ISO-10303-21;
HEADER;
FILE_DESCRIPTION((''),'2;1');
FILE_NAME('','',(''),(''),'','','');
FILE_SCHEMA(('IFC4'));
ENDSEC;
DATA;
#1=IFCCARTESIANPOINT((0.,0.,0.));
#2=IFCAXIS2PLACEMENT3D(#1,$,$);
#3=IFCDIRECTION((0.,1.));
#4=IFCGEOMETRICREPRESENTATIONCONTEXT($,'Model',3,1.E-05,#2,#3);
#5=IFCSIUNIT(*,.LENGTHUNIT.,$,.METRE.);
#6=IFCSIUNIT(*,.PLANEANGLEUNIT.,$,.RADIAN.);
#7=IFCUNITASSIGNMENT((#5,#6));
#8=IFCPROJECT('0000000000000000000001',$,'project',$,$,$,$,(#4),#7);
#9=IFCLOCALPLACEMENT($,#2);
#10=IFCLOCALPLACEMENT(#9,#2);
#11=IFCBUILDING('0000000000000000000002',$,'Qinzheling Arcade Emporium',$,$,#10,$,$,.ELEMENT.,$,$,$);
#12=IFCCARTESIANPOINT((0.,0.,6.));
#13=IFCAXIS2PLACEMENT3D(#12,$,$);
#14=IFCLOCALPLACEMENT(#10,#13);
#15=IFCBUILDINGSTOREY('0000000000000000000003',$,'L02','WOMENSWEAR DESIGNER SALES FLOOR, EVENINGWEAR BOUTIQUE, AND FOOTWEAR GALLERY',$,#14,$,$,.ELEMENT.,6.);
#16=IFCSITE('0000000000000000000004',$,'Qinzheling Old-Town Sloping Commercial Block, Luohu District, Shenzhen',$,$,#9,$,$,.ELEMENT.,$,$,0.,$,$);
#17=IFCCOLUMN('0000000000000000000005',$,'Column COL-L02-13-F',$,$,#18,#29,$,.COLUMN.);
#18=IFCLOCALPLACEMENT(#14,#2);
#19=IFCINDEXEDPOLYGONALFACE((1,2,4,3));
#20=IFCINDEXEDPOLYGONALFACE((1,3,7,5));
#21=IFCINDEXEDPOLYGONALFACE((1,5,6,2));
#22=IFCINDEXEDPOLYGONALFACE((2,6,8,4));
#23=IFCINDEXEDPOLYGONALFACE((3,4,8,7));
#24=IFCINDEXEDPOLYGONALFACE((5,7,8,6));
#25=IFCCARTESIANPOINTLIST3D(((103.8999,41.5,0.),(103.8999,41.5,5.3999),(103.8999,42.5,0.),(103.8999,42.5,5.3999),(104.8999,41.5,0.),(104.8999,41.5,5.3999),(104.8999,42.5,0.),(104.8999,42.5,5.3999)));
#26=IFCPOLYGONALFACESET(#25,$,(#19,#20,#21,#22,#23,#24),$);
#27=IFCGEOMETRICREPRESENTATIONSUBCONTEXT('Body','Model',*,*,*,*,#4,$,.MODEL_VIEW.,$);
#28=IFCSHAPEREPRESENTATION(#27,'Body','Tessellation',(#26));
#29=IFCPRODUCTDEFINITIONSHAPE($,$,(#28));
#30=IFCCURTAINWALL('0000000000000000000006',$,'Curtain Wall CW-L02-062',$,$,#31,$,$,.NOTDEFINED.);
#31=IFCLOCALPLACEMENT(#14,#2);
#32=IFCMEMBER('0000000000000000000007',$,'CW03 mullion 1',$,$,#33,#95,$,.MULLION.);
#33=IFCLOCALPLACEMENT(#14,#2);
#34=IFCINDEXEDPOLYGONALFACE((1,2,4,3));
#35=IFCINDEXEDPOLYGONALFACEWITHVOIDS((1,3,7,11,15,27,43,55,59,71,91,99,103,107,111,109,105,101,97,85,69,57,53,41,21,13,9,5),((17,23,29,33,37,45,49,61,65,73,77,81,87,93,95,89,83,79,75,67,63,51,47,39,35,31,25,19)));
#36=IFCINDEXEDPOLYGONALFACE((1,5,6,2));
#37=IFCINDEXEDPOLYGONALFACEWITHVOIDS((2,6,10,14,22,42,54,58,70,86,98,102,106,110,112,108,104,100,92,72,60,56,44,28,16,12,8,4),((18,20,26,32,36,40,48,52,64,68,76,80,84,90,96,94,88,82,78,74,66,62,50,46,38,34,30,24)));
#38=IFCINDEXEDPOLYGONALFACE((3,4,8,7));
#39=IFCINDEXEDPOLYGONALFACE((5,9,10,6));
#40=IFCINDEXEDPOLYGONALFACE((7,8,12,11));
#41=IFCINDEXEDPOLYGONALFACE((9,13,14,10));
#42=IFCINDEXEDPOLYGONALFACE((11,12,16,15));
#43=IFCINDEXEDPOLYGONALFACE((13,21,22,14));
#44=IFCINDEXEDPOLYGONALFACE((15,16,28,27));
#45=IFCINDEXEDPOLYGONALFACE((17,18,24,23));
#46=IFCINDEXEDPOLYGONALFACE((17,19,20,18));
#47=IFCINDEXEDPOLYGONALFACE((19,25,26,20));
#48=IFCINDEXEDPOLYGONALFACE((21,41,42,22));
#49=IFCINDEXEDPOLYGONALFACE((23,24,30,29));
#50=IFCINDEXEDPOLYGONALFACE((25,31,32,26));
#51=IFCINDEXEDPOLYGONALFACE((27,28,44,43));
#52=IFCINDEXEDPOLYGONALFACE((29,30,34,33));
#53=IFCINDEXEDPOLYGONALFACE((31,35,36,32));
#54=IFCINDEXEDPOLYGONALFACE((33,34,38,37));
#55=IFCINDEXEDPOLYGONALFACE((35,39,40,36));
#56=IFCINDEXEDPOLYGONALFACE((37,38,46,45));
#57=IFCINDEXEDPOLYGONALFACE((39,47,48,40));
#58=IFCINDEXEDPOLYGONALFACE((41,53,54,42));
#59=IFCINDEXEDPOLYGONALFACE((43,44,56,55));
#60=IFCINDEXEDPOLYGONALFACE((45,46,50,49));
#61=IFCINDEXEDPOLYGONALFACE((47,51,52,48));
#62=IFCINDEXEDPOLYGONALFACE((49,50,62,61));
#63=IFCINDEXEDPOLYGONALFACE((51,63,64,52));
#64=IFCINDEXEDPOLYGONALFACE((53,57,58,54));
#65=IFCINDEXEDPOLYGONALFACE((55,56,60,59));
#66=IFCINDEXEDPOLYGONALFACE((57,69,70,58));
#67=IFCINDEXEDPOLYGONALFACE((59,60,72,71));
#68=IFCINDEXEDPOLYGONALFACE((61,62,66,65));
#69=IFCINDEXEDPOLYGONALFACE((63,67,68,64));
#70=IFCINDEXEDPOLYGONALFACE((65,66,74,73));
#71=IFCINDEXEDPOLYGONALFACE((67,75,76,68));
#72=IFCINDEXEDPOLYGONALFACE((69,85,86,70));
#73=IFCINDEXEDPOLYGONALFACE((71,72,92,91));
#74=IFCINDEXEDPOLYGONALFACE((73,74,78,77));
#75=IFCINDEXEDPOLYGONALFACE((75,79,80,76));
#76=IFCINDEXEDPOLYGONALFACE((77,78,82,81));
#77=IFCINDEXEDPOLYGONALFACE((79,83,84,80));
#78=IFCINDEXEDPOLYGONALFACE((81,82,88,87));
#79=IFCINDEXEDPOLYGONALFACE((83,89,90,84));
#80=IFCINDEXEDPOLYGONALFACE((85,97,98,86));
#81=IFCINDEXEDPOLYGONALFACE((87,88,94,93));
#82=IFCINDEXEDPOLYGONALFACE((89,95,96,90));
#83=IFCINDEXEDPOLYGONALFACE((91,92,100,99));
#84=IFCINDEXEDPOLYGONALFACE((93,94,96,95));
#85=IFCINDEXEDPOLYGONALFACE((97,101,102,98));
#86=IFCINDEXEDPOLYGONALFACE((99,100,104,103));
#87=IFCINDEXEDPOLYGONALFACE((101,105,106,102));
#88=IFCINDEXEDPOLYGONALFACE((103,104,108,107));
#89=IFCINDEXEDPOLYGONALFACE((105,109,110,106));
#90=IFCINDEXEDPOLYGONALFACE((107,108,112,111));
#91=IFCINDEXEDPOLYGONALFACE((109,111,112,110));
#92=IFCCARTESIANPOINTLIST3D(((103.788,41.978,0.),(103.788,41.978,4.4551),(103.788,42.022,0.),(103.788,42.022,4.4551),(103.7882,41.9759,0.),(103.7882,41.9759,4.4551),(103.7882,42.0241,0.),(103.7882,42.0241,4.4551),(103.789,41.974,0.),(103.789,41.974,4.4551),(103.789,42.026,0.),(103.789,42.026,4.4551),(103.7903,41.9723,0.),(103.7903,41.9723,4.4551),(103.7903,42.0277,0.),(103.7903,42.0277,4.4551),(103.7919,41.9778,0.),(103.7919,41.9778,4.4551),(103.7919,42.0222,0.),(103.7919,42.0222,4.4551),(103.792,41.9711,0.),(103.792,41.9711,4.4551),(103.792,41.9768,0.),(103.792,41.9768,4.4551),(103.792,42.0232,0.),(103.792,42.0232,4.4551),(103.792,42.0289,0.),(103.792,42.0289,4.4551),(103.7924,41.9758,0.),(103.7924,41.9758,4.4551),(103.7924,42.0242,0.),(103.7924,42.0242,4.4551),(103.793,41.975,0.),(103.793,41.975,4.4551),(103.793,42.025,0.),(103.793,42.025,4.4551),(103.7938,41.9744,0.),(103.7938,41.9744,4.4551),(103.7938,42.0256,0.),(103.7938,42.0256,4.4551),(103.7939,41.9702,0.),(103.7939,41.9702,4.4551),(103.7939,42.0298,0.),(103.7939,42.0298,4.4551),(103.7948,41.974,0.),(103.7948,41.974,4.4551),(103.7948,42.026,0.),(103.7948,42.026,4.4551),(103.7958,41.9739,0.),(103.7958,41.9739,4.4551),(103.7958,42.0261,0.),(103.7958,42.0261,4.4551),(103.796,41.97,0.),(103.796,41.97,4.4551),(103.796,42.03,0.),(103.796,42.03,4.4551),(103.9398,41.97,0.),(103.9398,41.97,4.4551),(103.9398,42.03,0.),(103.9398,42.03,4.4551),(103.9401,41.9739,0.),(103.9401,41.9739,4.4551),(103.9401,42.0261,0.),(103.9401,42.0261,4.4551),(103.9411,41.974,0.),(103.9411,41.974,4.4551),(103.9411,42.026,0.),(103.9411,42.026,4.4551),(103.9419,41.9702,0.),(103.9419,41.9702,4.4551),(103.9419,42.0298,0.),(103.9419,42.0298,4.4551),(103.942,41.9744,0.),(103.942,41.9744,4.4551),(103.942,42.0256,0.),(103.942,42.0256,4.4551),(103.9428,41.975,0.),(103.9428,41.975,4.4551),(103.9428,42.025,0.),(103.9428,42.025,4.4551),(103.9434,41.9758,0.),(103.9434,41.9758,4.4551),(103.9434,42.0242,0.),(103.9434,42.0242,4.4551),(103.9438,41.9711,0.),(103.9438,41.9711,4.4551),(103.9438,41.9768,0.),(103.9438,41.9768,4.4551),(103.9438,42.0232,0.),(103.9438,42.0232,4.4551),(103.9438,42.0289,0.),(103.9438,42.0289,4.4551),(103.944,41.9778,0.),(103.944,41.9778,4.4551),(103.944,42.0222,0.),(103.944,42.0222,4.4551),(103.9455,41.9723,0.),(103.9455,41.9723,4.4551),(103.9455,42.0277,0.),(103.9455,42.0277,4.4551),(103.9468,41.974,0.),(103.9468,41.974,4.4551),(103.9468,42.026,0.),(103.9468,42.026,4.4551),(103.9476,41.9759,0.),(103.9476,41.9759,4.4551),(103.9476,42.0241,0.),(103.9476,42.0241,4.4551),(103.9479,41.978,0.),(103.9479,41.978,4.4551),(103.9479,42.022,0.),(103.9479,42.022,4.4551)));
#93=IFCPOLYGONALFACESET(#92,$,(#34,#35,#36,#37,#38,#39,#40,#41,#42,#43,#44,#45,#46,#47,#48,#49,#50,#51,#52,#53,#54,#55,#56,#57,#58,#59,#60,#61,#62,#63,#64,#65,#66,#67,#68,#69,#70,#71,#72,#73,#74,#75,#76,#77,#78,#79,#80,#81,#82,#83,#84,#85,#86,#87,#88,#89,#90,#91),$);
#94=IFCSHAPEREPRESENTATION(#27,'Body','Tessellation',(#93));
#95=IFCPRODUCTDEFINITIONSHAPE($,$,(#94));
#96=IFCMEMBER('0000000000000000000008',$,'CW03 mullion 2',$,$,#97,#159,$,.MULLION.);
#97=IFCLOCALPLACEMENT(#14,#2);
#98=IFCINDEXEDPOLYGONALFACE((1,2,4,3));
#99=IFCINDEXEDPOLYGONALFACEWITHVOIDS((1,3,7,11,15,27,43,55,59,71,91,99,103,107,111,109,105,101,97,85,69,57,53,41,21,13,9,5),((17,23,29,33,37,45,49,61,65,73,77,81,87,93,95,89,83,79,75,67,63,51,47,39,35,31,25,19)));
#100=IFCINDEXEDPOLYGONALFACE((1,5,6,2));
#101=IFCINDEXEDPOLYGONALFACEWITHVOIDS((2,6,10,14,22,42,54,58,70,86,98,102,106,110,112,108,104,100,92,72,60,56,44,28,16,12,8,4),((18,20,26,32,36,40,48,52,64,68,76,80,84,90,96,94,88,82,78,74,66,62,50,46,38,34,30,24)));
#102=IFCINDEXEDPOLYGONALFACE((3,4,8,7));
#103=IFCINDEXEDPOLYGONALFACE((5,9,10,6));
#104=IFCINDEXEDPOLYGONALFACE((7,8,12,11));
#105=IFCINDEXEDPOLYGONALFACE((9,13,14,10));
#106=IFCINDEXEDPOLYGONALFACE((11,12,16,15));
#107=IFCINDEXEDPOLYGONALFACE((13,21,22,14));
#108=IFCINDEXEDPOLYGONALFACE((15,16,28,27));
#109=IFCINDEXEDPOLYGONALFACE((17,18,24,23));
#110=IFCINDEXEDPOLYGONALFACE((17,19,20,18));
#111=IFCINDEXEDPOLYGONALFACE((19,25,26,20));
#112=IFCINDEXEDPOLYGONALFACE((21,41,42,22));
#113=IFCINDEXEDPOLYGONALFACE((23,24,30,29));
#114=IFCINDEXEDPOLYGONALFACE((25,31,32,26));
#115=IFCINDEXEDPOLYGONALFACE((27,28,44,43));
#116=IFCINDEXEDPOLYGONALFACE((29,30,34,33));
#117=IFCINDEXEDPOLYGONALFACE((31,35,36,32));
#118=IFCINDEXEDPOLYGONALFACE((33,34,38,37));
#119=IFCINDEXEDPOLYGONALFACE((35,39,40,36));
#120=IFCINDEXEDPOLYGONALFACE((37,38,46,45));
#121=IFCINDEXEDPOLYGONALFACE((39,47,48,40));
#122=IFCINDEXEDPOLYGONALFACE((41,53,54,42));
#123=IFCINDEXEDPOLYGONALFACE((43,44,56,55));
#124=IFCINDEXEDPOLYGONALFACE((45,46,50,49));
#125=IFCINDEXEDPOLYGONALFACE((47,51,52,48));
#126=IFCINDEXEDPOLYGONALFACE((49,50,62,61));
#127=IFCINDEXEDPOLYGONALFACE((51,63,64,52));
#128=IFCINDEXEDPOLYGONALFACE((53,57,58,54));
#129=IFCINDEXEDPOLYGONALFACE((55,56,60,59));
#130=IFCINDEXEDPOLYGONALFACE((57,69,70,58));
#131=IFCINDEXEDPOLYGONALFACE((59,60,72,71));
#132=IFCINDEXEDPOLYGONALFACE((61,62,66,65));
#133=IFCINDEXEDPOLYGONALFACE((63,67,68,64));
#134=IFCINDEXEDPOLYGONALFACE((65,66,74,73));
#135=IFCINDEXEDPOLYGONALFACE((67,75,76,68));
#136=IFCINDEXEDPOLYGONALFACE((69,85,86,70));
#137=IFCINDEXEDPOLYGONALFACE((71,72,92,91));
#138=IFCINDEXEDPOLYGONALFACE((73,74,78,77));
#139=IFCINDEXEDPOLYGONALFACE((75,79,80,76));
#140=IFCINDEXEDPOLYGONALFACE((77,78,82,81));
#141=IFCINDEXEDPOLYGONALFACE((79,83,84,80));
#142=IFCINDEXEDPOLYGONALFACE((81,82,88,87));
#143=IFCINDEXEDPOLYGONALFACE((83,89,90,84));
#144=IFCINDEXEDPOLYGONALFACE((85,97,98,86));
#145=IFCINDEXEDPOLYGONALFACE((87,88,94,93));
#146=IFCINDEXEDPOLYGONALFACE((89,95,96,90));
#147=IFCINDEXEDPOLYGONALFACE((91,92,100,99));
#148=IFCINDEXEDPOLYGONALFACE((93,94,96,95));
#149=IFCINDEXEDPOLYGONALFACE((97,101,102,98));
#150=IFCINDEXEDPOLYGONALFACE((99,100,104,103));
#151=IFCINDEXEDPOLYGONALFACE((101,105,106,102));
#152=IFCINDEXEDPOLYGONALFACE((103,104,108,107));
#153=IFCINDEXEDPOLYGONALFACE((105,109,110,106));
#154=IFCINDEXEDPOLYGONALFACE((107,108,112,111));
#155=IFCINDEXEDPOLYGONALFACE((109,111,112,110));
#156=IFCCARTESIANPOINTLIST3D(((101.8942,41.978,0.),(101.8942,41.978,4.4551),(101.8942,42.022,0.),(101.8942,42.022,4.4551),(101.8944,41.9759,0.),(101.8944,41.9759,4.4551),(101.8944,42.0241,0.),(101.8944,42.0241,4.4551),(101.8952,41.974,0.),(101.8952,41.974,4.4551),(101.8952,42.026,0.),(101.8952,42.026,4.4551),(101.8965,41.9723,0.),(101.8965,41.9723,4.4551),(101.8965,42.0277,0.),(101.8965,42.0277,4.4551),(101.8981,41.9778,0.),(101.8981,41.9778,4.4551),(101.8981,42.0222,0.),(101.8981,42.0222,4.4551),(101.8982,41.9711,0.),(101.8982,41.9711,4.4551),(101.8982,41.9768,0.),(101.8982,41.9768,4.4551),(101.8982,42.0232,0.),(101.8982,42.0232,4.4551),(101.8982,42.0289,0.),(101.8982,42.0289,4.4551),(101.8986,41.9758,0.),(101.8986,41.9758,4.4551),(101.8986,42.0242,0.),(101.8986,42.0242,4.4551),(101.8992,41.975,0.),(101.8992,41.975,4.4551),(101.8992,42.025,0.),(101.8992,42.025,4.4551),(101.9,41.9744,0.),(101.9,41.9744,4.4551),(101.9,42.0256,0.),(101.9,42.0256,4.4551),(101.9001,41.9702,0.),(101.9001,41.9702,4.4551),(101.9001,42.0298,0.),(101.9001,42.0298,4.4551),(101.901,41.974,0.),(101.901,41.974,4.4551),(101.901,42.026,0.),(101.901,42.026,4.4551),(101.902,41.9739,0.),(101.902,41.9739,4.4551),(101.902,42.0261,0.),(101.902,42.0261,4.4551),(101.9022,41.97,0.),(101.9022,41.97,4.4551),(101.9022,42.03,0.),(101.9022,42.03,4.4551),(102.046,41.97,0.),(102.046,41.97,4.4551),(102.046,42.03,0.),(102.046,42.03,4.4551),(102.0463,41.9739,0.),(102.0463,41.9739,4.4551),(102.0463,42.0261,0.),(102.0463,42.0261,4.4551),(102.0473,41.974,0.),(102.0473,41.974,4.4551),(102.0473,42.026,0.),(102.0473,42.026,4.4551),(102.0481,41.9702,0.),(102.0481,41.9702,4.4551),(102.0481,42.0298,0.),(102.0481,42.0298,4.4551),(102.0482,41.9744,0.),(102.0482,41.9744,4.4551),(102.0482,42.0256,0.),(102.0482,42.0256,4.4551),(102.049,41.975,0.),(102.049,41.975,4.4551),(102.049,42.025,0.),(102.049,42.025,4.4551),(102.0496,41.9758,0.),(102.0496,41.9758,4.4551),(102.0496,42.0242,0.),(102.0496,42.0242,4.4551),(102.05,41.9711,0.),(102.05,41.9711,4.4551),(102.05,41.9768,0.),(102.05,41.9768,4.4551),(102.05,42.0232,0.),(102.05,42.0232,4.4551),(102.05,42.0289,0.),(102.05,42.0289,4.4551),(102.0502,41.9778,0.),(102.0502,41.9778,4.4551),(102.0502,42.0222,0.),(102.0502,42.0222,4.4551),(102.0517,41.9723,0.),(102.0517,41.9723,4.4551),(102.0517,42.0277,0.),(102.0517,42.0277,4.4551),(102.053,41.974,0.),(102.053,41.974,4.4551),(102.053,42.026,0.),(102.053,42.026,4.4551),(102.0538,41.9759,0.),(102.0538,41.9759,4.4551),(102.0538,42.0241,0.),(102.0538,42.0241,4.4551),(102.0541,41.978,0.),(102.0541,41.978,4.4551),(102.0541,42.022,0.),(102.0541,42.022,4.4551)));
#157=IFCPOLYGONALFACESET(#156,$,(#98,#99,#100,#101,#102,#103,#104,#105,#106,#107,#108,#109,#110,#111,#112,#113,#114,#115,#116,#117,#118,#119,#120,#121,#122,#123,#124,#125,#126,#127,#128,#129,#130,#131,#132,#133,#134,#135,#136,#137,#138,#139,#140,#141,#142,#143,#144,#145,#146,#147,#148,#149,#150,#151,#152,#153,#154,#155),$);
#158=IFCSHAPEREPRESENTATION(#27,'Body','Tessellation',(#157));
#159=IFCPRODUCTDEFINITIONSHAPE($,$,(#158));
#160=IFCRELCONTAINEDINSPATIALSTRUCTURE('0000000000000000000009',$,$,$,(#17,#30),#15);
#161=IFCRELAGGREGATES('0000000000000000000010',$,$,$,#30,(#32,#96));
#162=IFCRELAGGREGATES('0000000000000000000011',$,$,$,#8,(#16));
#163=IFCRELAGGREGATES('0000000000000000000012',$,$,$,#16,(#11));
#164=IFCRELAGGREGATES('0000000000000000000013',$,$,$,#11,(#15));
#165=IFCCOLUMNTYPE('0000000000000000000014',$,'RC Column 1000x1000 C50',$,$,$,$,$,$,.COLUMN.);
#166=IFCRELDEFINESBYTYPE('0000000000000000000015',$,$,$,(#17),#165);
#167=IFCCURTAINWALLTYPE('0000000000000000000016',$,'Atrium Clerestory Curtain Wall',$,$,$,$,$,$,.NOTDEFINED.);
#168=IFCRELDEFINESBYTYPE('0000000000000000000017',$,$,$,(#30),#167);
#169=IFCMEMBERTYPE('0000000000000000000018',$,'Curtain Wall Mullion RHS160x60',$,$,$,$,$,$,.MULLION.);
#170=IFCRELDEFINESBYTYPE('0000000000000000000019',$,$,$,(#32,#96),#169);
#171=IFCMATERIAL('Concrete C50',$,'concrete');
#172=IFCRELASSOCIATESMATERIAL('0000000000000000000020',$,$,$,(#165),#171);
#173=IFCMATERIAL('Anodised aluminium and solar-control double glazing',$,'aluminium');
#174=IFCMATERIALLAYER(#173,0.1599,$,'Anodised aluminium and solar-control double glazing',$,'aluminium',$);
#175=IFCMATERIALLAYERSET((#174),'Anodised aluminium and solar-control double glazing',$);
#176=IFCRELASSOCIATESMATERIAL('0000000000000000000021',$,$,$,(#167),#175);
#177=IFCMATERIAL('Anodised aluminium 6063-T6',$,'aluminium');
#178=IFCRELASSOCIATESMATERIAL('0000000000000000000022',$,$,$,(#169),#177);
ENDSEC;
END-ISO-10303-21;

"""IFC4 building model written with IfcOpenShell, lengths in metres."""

from ifc_helpers import new_model, si_unit, direction, frame, origin, origin_2d, place, context, subcontext, project, spatial, rectangle, hollow_rectangle, extrude, material, layer, layer_set, material_profile, profile_set, type_object, element, aggregate, save


model = new_model("IFC4")

# Units and contexts
model_context = context("Model", 3, precision=1e-05, world=origin(), true_north=direction((0.0, 1.0)))
body_context = subcontext(model_context, "Body", "Model", "MODEL_VIEW")
ifc_project = project(units=[si_unit("LENGTHUNIT", "METRE"), si_unit("PLANEANGLEUNIT", "RADIAN")], contexts=[model_context])

# Site, building, storey
site_placement = place(None, origin())
site = spatial("IfcSite", under=ifc_project, at=site_placement, Name="Qinzheling Old-Town Sloping Commercial Block, Luohu District, Shenzhen", CompositionType="ELEMENT", RefElevation=0.0)
building_placement = place(site_placement, origin())
building = spatial("IfcBuilding", under=site, at=building_placement, Name="Qinzheling Arcade Emporium", CompositionType="ELEMENT")
storey_placement = place(building_placement, frame((0.0, 0.0, 6.0)))
storey = spatial("IfcBuildingStorey", under=building, at=storey_placement, Name="L02", Description="WOMENSWEAR DESIGNER SALES FLOOR, EVENINGWEAR BOUTIQUE, AND FOOTWEAR GALLERY", CompositionType="ELEMENT", Elevation=6.0)

# Column
ifc_material_1 = material(Name="Concrete C50", Category="concrete")
ifc_material_profile_1 = material_profile(ifc_material_1, rectangle(XDim=1.0, YDim=1.0, at=origin_2d()), Name="RC 1000x1000", Category="concrete")
ifc_profile_set_1 = profile_set([ifc_material_profile_1], Name="Concrete C50")
column_type = type_object("IfcColumnType", Name="RC Column 1000x1000 C50", PredefinedType="COLUMN", material=ifc_profile_set_1)
column_placement = place(storey_placement, frame((104.3999, 42.0, 0.0), z_axis=(0.0, 0.0, 1.0), x_axis=(1.0, 0.0, 0.0)))
element("IfcColumn", 1, at=column_placement, inside=storey, type_object=column_type, Name="Column COL-L02-13-F", PredefinedType="COLUMN", context=body_context, shape_type="SweptSolid", body=[
    extrude(rectangle(XDim=1.0, YDim=1.0, at=origin_2d()), origin(), (0.0, 0.0, 1.0), 5.3999),
])

# Curtain wall, members
ifc_material_2 = material(Name="Anodised aluminium and solar-control double glazing", Category="aluminium")
ifc_layer_1 = layer(ifc_material_2, 0.1599, Name="Anodised aluminium and solar-control double glazing", Category="aluminium")
ifc_layer_set_1 = layer_set([ifc_layer_1], Name="Anodised aluminium and solar-control double glazing")
curtain_wall_type = type_object("IfcCurtainWallType", Name="Atrium Clerestory Curtain Wall", PredefinedType="NOTDEFINED", material=ifc_layer_set_1)
curtain_wall_placement = place(storey_placement, origin())
curtain_wall = element("IfcCurtainWall", 2, at=curtain_wall_placement, inside=storey, type_object=curtain_wall_type, Name="Curtain Wall CW-L02-062", PredefinedType="NOTDEFINED")
ifc_material_3 = material(Name="Anodised aluminium 6063-T6", Category="aluminium")
ifc_material_profile_2 = material_profile(ifc_material_3, hollow_rectangle(XDim=0.0601, YDim=0.1599, WallThickness=0.0039, InnerFilletRadius=0.0039, OuterFilletRadius=0.0081, at=origin_2d()), Name="RHS 160x60x4", Category="aluminium")
ifc_profile_set_2 = profile_set([ifc_material_profile_2], Name="Anodised aluminium 6063-T6")
member_type_1 = type_object("IfcMemberType", Name="Curtain Wall Mullion RHS160x60", PredefinedType="MULLION", material=ifc_profile_set_2)
member_1_placement = place(storey_placement, frame((103.8679, 42.0, 0.0), z_axis=(0.0, 0.0, 1.0), x_axis=(0.0, -1.0, 0.0)))
member_1 = element("IfcMember", 3, at=member_1_placement, type_object=member_type_1, Name="CW03 mullion 1", PredefinedType="MULLION", context=body_context, shape_type="SweptSolid", body=[
    extrude(hollow_rectangle(XDim=0.0601, YDim=0.1599, WallThickness=0.0039, InnerFilletRadius=0.0039, OuterFilletRadius=0.0081, at=origin_2d()), origin(), (0.0, 0.0, 1.0), 4.4551),
])
member_2_placement = place(storey_placement, frame((101.9741, 42.0, 0.0), z_axis=(0.0, 0.0, 1.0), x_axis=(0.0, -1.0, 0.0)))
member_2 = element("IfcMember", 4, at=member_2_placement, type_object=member_type_1, Name="CW03 mullion 2", PredefinedType="MULLION", context=body_context, shape_type="SweptSolid", body=[
    extrude(hollow_rectangle(XDim=0.0601, YDim=0.1599, WallThickness=0.0039, InnerFilletRadius=0.0039, OuterFilletRadius=0.0081, at=origin_2d()), origin(), (0.0, 0.0, 1.0), 4.4551),
])

aggregate(curtain_wall, [member_1, member_2])

save(model, "model.ifc")
